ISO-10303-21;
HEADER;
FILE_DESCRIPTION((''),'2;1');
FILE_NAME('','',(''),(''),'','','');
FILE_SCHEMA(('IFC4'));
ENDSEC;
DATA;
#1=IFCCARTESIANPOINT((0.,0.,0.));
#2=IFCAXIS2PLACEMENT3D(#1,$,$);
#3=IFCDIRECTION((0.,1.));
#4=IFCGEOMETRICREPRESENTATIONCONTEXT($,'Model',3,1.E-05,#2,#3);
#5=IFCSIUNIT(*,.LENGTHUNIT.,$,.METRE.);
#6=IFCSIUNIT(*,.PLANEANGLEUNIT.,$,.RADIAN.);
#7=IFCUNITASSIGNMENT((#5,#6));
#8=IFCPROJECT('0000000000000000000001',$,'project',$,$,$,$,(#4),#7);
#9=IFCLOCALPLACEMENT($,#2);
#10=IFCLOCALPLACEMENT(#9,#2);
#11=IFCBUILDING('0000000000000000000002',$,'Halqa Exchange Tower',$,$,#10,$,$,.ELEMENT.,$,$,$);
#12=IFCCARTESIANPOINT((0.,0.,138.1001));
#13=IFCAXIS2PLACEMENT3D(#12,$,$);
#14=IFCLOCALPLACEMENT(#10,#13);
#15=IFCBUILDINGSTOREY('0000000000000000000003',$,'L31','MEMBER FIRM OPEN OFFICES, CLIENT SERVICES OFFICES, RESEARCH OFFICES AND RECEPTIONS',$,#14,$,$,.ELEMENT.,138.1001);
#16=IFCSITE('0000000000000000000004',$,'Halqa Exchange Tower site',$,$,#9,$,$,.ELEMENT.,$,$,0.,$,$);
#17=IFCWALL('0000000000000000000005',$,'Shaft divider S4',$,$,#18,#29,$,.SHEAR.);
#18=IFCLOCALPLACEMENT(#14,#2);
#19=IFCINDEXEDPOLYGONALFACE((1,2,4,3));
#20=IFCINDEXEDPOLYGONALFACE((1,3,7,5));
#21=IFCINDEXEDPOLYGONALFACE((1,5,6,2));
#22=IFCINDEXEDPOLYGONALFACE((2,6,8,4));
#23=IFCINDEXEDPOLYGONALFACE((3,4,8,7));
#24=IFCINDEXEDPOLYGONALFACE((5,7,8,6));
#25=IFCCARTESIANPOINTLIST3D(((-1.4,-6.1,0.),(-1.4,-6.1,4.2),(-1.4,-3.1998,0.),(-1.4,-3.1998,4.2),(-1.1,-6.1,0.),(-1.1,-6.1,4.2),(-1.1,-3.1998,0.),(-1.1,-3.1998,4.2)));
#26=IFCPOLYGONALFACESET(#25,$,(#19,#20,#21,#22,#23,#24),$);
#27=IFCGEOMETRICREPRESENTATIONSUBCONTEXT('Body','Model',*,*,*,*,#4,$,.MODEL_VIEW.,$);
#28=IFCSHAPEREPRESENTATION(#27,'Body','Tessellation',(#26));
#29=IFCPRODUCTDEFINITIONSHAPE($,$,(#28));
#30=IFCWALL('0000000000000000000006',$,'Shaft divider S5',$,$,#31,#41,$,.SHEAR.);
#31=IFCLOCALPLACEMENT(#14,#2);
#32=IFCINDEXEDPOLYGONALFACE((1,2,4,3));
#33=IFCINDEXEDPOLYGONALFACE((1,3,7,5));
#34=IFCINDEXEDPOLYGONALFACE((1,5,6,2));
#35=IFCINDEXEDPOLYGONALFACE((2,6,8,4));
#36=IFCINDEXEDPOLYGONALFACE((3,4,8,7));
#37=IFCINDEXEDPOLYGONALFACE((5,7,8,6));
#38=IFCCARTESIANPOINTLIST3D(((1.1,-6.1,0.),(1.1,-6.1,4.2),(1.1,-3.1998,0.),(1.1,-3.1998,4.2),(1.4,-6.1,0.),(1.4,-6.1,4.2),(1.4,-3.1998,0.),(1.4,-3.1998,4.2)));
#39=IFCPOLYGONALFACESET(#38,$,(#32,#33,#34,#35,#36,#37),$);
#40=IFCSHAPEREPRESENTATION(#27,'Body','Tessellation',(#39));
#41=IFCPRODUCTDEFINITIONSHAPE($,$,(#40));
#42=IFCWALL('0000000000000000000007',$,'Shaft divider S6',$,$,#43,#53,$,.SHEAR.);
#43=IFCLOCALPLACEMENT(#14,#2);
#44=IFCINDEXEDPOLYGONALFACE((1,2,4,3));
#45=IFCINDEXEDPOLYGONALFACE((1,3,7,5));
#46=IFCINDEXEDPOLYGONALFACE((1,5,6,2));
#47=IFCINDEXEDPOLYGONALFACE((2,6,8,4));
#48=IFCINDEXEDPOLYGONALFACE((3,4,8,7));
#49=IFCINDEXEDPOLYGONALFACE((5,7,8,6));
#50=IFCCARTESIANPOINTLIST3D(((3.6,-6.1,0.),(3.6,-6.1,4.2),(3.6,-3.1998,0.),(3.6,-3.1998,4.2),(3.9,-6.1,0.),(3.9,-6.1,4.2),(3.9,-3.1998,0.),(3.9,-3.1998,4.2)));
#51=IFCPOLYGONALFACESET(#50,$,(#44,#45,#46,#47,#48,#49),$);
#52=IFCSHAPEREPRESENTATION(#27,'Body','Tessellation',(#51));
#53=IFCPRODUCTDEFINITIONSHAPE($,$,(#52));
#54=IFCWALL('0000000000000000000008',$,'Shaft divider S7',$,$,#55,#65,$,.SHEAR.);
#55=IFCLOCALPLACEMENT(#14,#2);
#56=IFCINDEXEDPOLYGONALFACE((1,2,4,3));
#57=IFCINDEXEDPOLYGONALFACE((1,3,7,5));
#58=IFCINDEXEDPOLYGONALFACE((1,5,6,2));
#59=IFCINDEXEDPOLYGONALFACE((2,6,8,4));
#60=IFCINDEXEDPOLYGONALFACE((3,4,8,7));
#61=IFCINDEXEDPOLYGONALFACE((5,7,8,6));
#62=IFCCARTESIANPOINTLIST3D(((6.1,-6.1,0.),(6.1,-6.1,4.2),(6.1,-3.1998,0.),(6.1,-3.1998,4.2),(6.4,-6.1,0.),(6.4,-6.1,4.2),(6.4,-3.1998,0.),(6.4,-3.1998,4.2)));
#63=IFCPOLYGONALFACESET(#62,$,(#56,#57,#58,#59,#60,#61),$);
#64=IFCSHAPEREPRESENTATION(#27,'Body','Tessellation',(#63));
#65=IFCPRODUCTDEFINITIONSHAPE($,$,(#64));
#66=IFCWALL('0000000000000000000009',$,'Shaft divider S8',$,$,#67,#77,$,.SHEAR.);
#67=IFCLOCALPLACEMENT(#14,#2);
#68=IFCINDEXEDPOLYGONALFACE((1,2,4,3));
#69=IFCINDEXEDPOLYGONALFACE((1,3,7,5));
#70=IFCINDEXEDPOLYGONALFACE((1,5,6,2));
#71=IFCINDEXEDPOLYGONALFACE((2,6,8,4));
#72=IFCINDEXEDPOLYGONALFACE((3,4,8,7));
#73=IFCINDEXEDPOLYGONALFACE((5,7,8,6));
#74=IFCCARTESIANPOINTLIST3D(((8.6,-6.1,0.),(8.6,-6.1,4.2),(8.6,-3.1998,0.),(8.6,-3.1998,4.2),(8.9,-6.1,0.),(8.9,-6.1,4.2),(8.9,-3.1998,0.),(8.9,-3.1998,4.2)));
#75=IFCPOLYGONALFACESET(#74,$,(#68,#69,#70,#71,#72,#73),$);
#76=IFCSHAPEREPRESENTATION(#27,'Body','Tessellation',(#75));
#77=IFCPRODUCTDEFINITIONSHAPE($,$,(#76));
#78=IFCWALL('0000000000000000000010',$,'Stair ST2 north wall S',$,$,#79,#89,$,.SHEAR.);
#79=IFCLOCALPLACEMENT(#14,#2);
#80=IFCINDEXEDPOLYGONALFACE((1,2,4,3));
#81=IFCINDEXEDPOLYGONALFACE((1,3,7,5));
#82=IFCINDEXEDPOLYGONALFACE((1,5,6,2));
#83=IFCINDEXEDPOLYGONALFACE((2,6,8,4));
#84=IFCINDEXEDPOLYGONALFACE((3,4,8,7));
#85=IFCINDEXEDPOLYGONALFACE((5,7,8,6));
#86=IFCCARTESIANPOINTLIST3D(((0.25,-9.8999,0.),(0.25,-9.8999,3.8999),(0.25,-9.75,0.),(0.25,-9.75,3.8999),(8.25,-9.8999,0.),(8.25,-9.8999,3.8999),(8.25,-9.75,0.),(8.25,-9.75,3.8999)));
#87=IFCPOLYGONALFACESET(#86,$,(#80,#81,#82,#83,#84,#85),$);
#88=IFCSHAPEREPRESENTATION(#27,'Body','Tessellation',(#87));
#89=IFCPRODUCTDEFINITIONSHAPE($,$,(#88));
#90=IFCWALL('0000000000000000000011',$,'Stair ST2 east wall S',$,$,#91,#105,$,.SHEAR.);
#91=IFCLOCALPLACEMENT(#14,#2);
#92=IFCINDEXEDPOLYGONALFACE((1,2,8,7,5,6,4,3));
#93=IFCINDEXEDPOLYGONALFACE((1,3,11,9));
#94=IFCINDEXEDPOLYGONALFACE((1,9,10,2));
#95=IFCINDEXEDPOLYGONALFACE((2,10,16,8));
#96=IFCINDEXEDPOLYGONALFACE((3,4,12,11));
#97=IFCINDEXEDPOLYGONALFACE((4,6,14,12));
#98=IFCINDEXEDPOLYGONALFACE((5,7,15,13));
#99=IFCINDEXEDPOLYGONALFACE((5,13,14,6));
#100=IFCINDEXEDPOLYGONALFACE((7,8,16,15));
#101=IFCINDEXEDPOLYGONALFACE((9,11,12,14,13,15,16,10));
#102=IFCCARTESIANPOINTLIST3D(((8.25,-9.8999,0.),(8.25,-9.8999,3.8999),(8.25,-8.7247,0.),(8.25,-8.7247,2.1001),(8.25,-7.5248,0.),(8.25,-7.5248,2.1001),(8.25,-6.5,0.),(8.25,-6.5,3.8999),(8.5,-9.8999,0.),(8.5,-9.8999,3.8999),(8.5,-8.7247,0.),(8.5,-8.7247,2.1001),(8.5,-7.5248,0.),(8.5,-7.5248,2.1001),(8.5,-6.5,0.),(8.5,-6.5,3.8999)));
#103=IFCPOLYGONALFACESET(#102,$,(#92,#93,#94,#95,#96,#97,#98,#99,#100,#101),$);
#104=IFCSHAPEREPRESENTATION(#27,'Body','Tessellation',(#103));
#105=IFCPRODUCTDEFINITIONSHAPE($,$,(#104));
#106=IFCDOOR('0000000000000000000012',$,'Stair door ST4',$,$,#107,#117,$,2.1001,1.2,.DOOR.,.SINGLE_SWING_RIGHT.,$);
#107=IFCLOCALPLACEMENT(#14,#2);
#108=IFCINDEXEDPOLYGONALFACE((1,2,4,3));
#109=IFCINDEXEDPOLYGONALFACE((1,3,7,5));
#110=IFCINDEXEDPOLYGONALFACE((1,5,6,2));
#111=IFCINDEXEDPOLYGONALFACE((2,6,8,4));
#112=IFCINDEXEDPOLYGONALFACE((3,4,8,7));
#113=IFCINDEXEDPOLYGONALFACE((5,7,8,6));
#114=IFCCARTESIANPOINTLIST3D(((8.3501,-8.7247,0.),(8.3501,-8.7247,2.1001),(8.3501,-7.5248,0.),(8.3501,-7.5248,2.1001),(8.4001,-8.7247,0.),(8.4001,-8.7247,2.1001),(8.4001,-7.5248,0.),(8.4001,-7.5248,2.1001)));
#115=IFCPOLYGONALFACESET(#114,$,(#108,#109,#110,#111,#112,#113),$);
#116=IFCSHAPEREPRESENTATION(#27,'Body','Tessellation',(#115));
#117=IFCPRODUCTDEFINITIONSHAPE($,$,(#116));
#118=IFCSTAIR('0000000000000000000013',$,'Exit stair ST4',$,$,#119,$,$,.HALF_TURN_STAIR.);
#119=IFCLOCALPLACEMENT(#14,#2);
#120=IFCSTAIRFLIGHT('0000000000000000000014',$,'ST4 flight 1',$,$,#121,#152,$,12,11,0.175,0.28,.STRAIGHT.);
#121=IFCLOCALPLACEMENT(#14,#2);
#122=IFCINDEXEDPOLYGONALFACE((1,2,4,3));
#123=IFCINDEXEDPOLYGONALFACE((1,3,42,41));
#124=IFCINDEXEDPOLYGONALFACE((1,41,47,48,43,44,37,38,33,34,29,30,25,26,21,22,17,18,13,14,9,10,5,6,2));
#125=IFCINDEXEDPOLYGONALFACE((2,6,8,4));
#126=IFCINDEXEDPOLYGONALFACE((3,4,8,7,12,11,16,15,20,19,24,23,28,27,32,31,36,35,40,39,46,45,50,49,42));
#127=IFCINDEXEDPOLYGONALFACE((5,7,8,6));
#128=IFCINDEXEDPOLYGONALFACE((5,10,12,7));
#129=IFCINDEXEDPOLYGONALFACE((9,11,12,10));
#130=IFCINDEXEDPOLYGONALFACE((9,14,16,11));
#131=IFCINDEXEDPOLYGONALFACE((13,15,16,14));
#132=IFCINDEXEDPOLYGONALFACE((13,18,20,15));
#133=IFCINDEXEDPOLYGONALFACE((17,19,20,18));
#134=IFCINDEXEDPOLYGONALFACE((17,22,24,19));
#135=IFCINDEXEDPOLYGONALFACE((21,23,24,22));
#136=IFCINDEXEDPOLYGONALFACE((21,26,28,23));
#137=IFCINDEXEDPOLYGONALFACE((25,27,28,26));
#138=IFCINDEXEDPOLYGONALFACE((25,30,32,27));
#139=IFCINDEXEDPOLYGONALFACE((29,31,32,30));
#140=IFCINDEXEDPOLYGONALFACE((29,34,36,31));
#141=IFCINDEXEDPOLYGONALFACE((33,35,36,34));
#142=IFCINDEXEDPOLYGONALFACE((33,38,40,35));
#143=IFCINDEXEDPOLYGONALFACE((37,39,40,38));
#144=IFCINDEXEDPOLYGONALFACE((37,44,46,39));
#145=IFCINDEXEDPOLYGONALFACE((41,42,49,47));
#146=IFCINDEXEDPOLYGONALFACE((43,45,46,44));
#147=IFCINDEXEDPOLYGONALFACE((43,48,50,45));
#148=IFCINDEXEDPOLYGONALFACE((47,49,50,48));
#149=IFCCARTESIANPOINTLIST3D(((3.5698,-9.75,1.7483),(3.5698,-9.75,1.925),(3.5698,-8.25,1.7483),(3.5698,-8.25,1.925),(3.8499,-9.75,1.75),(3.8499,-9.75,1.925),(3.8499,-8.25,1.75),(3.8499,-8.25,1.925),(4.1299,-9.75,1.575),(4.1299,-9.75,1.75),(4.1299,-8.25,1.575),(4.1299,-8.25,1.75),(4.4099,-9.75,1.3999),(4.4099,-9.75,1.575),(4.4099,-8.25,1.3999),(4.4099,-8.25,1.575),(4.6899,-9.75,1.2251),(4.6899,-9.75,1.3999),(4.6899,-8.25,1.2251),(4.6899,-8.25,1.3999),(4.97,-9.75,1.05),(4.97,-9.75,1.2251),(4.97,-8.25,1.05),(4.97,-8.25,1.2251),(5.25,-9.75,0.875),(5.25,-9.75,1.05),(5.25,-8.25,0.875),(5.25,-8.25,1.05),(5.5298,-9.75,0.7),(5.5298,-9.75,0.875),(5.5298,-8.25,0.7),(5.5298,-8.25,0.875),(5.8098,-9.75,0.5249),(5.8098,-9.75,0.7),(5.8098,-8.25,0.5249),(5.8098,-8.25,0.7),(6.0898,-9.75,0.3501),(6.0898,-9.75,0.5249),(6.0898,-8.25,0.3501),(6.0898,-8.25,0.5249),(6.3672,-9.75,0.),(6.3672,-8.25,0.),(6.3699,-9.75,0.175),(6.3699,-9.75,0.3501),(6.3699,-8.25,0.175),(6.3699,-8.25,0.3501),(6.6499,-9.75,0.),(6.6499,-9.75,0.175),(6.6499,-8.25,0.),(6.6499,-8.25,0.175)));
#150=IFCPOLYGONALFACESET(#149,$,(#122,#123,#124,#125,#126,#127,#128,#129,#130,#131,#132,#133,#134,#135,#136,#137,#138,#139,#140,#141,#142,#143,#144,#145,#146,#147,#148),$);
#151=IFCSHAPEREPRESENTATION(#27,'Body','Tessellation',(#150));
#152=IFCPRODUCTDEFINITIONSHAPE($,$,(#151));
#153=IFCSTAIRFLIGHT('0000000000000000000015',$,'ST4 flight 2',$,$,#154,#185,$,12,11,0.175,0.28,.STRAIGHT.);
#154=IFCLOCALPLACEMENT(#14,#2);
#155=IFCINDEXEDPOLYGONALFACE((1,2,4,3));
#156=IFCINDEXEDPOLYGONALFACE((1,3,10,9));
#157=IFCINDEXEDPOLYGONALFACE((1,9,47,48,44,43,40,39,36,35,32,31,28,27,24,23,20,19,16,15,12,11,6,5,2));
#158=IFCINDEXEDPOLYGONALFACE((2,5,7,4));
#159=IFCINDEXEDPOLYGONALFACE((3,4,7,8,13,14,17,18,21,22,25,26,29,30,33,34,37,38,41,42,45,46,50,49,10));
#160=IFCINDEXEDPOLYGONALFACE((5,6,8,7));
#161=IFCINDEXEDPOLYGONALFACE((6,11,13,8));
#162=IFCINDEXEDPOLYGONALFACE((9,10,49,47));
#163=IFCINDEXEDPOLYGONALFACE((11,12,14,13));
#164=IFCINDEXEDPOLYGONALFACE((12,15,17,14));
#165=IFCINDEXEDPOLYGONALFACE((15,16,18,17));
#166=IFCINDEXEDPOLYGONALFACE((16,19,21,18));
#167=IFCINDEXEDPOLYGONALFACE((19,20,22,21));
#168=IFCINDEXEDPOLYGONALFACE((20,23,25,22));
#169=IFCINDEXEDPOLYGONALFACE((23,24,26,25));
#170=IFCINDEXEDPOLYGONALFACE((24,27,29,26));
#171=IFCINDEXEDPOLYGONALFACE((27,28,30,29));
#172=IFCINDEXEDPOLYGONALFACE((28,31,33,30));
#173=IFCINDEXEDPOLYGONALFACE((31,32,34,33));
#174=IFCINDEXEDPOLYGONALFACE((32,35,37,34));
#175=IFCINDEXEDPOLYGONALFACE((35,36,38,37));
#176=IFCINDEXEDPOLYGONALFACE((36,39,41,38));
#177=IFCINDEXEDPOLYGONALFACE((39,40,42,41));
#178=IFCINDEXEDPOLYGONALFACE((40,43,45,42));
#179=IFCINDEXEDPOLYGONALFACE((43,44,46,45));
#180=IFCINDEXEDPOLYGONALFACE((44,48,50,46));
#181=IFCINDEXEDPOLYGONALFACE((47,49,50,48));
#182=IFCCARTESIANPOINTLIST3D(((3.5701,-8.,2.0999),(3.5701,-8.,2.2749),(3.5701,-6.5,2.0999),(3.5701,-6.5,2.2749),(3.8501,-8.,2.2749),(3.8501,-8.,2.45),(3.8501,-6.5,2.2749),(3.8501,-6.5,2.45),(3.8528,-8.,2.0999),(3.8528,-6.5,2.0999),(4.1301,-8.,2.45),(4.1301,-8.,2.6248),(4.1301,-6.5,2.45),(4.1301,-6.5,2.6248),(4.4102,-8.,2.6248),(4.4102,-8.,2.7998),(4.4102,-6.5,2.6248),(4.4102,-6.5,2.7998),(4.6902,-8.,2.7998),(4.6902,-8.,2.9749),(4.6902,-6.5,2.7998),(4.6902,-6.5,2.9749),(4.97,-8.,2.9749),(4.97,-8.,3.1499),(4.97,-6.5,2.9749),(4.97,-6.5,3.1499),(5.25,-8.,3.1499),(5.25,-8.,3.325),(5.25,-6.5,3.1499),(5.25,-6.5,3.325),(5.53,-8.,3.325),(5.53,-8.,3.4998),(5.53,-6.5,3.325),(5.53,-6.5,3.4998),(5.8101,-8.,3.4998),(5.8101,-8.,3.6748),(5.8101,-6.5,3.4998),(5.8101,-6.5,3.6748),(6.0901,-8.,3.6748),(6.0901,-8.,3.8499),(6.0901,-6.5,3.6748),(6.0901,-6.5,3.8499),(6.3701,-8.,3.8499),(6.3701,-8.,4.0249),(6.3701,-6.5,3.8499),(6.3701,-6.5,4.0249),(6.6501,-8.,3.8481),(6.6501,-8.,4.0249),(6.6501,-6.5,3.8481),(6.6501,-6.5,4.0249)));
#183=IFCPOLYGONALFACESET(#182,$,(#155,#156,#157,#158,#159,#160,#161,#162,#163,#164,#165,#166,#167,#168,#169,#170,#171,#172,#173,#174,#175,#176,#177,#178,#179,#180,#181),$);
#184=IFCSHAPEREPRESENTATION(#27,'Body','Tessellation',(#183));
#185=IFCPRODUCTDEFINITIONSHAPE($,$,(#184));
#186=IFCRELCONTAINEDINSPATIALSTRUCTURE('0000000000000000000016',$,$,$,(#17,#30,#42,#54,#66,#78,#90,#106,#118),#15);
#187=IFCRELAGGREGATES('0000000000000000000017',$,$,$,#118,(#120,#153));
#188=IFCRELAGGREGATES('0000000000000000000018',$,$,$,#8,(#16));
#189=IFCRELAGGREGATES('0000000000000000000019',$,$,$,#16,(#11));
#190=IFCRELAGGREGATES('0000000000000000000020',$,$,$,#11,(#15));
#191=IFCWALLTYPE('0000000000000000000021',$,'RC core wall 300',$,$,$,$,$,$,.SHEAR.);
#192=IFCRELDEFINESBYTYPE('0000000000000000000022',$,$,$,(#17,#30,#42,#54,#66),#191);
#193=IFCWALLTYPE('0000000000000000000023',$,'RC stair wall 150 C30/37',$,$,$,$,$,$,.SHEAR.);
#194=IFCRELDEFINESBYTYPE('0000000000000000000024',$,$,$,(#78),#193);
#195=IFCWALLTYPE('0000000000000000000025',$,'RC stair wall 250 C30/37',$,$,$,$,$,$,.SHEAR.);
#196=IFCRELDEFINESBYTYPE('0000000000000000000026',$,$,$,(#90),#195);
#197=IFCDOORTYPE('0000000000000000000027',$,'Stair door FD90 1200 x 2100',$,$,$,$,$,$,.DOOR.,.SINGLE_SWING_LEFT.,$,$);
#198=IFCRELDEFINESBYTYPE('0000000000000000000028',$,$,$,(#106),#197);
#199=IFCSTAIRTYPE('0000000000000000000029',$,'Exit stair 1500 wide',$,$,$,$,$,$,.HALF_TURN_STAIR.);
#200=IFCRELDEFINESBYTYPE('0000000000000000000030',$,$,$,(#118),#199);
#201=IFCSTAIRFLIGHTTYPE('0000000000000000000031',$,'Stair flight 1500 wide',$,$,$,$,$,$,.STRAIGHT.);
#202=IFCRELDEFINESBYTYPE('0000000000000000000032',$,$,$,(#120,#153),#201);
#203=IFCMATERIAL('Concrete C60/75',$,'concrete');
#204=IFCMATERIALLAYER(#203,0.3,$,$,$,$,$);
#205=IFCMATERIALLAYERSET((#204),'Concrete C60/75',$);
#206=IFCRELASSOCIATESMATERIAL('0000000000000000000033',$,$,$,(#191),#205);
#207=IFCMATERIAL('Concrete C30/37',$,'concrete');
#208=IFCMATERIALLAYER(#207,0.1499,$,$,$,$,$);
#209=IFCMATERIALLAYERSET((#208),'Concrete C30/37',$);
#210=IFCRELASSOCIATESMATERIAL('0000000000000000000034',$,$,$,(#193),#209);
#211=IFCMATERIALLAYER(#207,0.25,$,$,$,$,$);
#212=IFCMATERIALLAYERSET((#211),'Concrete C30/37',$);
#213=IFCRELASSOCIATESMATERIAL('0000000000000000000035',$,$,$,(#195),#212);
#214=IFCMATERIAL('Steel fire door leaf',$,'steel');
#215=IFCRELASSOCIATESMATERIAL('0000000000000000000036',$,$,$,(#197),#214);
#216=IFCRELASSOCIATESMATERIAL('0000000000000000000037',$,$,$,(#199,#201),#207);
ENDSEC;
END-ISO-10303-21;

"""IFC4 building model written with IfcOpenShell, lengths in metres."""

from ifc_helpers import new_model, si_unit, direction, frame, frame_2d, origin, place, context, subcontext, project, spatial, polyline, rectangle, outline, extrude, material, layer, layer_set, type_object, element, fill, aggregate, save


model = new_model("IFC4")

# Units and contexts
model_context = context("Model", 3, precision=1e-05, world=origin(), true_north=direction((0.0, 1.0)))
body_context = subcontext(model_context, "Body", "Model", "MODEL_VIEW")
ifc_project = project(units=[si_unit("LENGTHUNIT", "METRE"), si_unit("PLANEANGLEUNIT", "RADIAN")], contexts=[model_context])

# Site, building, storey
site_placement = place(None, origin())
site = spatial("IfcSite", under=ifc_project, at=site_placement, Name="Halqa Exchange Tower site", CompositionType="ELEMENT", RefElevation=0.0)
building_placement = place(site_placement, origin())
building = spatial("IfcBuilding", under=site, at=building_placement, Name="Halqa Exchange Tower", CompositionType="ELEMENT")
storey_placement = place(building_placement, frame((0.0, 0.0, 138.1001)))
storey = spatial("IfcBuildingStorey", under=building, at=storey_placement, Name="L31", Description="MEMBER FIRM OPEN OFFICES, CLIENT SERVICES OFFICES, RESEARCH OFFICES AND RECEPTIONS", CompositionType="ELEMENT", Elevation=138.1001)

# Walls
ifc_material_1 = material(Name="Concrete C60/75", Category="concrete")
ifc_layer_1 = layer(ifc_material_1, 0.3)
ifc_layer_set_1 = layer_set([ifc_layer_1], Name="Concrete C60/75")
wall_type_1 = type_object("IfcWallType", Name="RC core wall 300", PredefinedType="SHEAR", material=ifc_layer_set_1)
for number, where, z_axis, x_axis, name in (
    (1, (-1.25, -6.1001, 0.0), (0.0, 0.0, 1.0), (0.0, 1.0, 0.0), "Shaft divider S4"),
    (2, (1.25, -6.1001, 0.0), (0.0, 0.0, 1.0), (0.0, 1.0, 0.0), "Shaft divider S5"),
    (3, (3.75, -6.1001, 0.0), (0.0, 0.0, 1.0), (0.0, 1.0, 0.0), "Shaft divider S6"),
    (4, (6.25, -6.1001, 0.0), (0.0, 0.0, 1.0), (0.0, 1.0, 0.0), "Shaft divider S7"),
    (5, (8.75, -6.1001, 0.0), (0.0, 0.0, 1.0), (0.0, 1.0, 0.0), "Shaft divider S8"),
):
    element("IfcWall", number, at=place(storey_placement, frame(where, z_axis=z_axis, x_axis=x_axis)), inside=storey, type_object=wall_type_1, Name=name, PredefinedType="SHEAR", context=body_context, shape_type="SweptSolid", body=[
        extrude(rectangle(XDim=2.9001, YDim=0.3, at=frame_2d((1.4502, 0.0))), origin(), (0.0, 0.0, 1.0), 4.2),
    ])
ifc_material_2 = material(Name="Concrete C30/37", Category="concrete")
ifc_layer_2 = layer(ifc_material_2, 0.1499)
ifc_layer_set_2 = layer_set([ifc_layer_2], Name="Concrete C30/37")
wall_type_2 = type_object("IfcWallType", Name="RC stair wall 150 C30/37", PredefinedType="SHEAR", material=ifc_layer_set_2)
wall_1_placement = place(storey_placement, frame((0.25, -9.825, 0.0), z_axis=(0.0, 0.0, 1.0), x_axis=(1.0, 0.0, 0.0)))
element("IfcWall", 6, at=wall_1_placement, inside=storey, type_object=wall_type_2, Name="Stair ST2 north wall S", PredefinedType="SHEAR", context=body_context, shape_type="SweptSolid", body=[
    extrude(rectangle(XDim=8.0, YDim=0.1499, at=frame_2d((4.0, 0.0))), origin(), (0.0, 0.0, 1.0), 3.8999),
])

# Wall, opening, door
ifc_layer_3 = layer(ifc_material_2, 0.25)
ifc_layer_set_3 = layer_set([ifc_layer_3], Name="Concrete C30/37")
wall_type_3 = type_object("IfcWallType", Name="RC stair wall 250 C30/37", PredefinedType="SHEAR", material=ifc_layer_set_3)
wall_2_placement = place(storey_placement, frame((8.375, -9.8999, 0.0), z_axis=(0.0, 0.0, 1.0), x_axis=(0.0, 1.0, 0.0)))
wall_2 = element("IfcWall", 7, at=wall_2_placement, inside=storey, type_object=wall_type_3, Name="Stair ST2 east wall S", PredefinedType="SHEAR", context=body_context, shape_type="SweptSolid", body=[
    extrude(rectangle(XDim=3.3999, YDim=0.25, at=frame_2d((1.7, 0.0))), origin(), (0.0, 0.0, 1.0), 3.8999),
])
opening_placement = place(wall_2_placement, frame((1.175, 0.0, 0.0)))
opening = element("IfcOpeningElement", 8, at=opening_placement, cuts=wall_2, PredefinedType="OPENING", context=body_context, shape_type="SweptSolid", body=[
    extrude(rectangle(XDim=1.2, YDim=2.1001, at=frame_2d((0.6001, 1.05))), frame((0.0, 0.137, 0.0), z_axis=(0.0, -1.0, 0.0), x_axis=(1.0, 0.0, 0.0)), (0.0, 0.0, 1.0), 0.2739),
])
ifc_material_3 = material(Name="Steel fire door leaf", Category="steel")
door_type = type_object("IfcDoorType", Name="Stair door FD90 1200 x 2100", OperationType="SINGLE_SWING_LEFT", PredefinedType="DOOR", material=ifc_material_3)
door_placement = place(opening_placement, origin())
door = element("IfcDoor", 9, at=door_placement, inside=storey, type_object=door_type, Name="Stair door ST4", OperationType="SINGLE_SWING_RIGHT", OverallHeight=2.1001, OverallWidth=1.2, PredefinedType="DOOR", context=body_context, shape_type="SweptSolid", body=[
    extrude(rectangle(XDim=1.2, YDim=2.1001, at=frame_2d((0.6001, 1.05))), frame((0.0, 0.0249, 0.0), z_axis=(0.0, -1.0, 0.0), x_axis=(1.0, 0.0, 0.0)), (0.0, 0.0, 1.0), 0.05),
])
fill(opening, door)

# Stair, stair flights
stair_type = type_object("IfcStairType", Name="Exit stair 1500 wide", PredefinedType="HALF_TURN_STAIR", material=ifc_material_2)
stair_placement = place(storey_placement, origin())
stair = element("IfcStair", 10, at=stair_placement, inside=storey, type_object=stair_type, Name="Exit stair ST4", PredefinedType="HALF_TURN_STAIR")
stair_flight_type = type_object("IfcStairFlightType", Name="Stair flight 1500 wide", PredefinedType="STRAIGHT", material=ifc_material_2)
stair_flight_1_placement = place(storey_placement, frame((6.6499, -9.0, 0.0), z_axis=(0.0, 0.0, 1.0), x_axis=(-1.0, 0.0, 0.0)))
stair_flight_1 = element("IfcStairFlight", 11, at=stair_flight_1_placement, type_object=stair_flight_type, Name="ST4 flight 1", NumberOfRisers=12, NumberOfTreads=11, PredefinedType="STRAIGHT", RiserHeight=0.175, TreadLength=0.28, context=body_context, shape_type="SweptSolid", body=[
    extrude(outline(polyline([(0.0, 0.0), (0.0, 0.175), (0.28, 0.175), (0.28, 0.3501), (0.5601, 0.3501), (0.5601, 0.5249), (0.8401, 0.5249), (0.8401, 0.7), (1.1201, 0.7), (1.1201, 0.875), (1.3999, 0.875), (1.3999, 1.05), (1.6799, 1.05), (1.6799, 1.2251), (1.96, 1.2251), (1.96, 1.3999), (2.24, 1.3999), (2.24, 1.575), (2.52, 1.575), (2.52, 1.75), (2.8, 1.75), (2.8, 1.925), (3.0801, 1.925), (3.0801, 2.1001), (3.0801, 1.7483), (0.2827, 0.0), (0.0, 0.0)])), frame((0.0, 0.75, 0.0), z_axis=(0.0, -1.0, 0.0), x_axis=(1.0, 0.0, 0.0)), (0.0, 0.0, 1.0), 1.5),
])
stair_flight_2_placement = place(storey_placement, frame((3.5701, -7.25, 2.0999), z_axis=(0.0, 0.0, 1.0), x_axis=(1.0, 0.0, 0.0)))
stair_flight_2 = element("IfcStairFlight", 12, at=stair_flight_2_placement, type_object=stair_flight_type, Name="ST4 flight 2", NumberOfRisers=12, NumberOfTreads=11, PredefinedType="STRAIGHT", RiserHeight=0.175, TreadLength=0.28, context=body_context, shape_type="SweptSolid", body=[
    extrude(outline(polyline([(0.0, 0.0), (0.0, 0.175), (0.28, 0.175), (0.28, 0.3501), (0.5601, 0.3501), (0.5601, 0.5249), (0.8401, 0.5249), (0.8401, 0.7), (1.1201, 0.7), (1.1201, 0.875), (1.3999, 0.875), (1.3999, 1.05), (1.6799, 1.05), (1.6799, 1.2251), (1.96, 1.2251), (1.96, 1.3999), (2.24, 1.3999), (2.24, 1.575), (2.52, 1.575), (2.52, 1.75), (2.8, 1.75), (2.8, 1.925), (3.0801, 1.925), (3.0801, 2.1001), (3.0801, 1.7483), (0.2827, 0.0), (0.0, 0.0)])), frame((0.0, 0.75, 0.0), z_axis=(0.0, -1.0, 0.0), x_axis=(1.0, 0.0, 0.0)), (0.0, 0.0, 1.0), 1.5),
])
aggregate(stair, [stair_flight_1, stair_flight_2])

save(model, "model.ifc")
